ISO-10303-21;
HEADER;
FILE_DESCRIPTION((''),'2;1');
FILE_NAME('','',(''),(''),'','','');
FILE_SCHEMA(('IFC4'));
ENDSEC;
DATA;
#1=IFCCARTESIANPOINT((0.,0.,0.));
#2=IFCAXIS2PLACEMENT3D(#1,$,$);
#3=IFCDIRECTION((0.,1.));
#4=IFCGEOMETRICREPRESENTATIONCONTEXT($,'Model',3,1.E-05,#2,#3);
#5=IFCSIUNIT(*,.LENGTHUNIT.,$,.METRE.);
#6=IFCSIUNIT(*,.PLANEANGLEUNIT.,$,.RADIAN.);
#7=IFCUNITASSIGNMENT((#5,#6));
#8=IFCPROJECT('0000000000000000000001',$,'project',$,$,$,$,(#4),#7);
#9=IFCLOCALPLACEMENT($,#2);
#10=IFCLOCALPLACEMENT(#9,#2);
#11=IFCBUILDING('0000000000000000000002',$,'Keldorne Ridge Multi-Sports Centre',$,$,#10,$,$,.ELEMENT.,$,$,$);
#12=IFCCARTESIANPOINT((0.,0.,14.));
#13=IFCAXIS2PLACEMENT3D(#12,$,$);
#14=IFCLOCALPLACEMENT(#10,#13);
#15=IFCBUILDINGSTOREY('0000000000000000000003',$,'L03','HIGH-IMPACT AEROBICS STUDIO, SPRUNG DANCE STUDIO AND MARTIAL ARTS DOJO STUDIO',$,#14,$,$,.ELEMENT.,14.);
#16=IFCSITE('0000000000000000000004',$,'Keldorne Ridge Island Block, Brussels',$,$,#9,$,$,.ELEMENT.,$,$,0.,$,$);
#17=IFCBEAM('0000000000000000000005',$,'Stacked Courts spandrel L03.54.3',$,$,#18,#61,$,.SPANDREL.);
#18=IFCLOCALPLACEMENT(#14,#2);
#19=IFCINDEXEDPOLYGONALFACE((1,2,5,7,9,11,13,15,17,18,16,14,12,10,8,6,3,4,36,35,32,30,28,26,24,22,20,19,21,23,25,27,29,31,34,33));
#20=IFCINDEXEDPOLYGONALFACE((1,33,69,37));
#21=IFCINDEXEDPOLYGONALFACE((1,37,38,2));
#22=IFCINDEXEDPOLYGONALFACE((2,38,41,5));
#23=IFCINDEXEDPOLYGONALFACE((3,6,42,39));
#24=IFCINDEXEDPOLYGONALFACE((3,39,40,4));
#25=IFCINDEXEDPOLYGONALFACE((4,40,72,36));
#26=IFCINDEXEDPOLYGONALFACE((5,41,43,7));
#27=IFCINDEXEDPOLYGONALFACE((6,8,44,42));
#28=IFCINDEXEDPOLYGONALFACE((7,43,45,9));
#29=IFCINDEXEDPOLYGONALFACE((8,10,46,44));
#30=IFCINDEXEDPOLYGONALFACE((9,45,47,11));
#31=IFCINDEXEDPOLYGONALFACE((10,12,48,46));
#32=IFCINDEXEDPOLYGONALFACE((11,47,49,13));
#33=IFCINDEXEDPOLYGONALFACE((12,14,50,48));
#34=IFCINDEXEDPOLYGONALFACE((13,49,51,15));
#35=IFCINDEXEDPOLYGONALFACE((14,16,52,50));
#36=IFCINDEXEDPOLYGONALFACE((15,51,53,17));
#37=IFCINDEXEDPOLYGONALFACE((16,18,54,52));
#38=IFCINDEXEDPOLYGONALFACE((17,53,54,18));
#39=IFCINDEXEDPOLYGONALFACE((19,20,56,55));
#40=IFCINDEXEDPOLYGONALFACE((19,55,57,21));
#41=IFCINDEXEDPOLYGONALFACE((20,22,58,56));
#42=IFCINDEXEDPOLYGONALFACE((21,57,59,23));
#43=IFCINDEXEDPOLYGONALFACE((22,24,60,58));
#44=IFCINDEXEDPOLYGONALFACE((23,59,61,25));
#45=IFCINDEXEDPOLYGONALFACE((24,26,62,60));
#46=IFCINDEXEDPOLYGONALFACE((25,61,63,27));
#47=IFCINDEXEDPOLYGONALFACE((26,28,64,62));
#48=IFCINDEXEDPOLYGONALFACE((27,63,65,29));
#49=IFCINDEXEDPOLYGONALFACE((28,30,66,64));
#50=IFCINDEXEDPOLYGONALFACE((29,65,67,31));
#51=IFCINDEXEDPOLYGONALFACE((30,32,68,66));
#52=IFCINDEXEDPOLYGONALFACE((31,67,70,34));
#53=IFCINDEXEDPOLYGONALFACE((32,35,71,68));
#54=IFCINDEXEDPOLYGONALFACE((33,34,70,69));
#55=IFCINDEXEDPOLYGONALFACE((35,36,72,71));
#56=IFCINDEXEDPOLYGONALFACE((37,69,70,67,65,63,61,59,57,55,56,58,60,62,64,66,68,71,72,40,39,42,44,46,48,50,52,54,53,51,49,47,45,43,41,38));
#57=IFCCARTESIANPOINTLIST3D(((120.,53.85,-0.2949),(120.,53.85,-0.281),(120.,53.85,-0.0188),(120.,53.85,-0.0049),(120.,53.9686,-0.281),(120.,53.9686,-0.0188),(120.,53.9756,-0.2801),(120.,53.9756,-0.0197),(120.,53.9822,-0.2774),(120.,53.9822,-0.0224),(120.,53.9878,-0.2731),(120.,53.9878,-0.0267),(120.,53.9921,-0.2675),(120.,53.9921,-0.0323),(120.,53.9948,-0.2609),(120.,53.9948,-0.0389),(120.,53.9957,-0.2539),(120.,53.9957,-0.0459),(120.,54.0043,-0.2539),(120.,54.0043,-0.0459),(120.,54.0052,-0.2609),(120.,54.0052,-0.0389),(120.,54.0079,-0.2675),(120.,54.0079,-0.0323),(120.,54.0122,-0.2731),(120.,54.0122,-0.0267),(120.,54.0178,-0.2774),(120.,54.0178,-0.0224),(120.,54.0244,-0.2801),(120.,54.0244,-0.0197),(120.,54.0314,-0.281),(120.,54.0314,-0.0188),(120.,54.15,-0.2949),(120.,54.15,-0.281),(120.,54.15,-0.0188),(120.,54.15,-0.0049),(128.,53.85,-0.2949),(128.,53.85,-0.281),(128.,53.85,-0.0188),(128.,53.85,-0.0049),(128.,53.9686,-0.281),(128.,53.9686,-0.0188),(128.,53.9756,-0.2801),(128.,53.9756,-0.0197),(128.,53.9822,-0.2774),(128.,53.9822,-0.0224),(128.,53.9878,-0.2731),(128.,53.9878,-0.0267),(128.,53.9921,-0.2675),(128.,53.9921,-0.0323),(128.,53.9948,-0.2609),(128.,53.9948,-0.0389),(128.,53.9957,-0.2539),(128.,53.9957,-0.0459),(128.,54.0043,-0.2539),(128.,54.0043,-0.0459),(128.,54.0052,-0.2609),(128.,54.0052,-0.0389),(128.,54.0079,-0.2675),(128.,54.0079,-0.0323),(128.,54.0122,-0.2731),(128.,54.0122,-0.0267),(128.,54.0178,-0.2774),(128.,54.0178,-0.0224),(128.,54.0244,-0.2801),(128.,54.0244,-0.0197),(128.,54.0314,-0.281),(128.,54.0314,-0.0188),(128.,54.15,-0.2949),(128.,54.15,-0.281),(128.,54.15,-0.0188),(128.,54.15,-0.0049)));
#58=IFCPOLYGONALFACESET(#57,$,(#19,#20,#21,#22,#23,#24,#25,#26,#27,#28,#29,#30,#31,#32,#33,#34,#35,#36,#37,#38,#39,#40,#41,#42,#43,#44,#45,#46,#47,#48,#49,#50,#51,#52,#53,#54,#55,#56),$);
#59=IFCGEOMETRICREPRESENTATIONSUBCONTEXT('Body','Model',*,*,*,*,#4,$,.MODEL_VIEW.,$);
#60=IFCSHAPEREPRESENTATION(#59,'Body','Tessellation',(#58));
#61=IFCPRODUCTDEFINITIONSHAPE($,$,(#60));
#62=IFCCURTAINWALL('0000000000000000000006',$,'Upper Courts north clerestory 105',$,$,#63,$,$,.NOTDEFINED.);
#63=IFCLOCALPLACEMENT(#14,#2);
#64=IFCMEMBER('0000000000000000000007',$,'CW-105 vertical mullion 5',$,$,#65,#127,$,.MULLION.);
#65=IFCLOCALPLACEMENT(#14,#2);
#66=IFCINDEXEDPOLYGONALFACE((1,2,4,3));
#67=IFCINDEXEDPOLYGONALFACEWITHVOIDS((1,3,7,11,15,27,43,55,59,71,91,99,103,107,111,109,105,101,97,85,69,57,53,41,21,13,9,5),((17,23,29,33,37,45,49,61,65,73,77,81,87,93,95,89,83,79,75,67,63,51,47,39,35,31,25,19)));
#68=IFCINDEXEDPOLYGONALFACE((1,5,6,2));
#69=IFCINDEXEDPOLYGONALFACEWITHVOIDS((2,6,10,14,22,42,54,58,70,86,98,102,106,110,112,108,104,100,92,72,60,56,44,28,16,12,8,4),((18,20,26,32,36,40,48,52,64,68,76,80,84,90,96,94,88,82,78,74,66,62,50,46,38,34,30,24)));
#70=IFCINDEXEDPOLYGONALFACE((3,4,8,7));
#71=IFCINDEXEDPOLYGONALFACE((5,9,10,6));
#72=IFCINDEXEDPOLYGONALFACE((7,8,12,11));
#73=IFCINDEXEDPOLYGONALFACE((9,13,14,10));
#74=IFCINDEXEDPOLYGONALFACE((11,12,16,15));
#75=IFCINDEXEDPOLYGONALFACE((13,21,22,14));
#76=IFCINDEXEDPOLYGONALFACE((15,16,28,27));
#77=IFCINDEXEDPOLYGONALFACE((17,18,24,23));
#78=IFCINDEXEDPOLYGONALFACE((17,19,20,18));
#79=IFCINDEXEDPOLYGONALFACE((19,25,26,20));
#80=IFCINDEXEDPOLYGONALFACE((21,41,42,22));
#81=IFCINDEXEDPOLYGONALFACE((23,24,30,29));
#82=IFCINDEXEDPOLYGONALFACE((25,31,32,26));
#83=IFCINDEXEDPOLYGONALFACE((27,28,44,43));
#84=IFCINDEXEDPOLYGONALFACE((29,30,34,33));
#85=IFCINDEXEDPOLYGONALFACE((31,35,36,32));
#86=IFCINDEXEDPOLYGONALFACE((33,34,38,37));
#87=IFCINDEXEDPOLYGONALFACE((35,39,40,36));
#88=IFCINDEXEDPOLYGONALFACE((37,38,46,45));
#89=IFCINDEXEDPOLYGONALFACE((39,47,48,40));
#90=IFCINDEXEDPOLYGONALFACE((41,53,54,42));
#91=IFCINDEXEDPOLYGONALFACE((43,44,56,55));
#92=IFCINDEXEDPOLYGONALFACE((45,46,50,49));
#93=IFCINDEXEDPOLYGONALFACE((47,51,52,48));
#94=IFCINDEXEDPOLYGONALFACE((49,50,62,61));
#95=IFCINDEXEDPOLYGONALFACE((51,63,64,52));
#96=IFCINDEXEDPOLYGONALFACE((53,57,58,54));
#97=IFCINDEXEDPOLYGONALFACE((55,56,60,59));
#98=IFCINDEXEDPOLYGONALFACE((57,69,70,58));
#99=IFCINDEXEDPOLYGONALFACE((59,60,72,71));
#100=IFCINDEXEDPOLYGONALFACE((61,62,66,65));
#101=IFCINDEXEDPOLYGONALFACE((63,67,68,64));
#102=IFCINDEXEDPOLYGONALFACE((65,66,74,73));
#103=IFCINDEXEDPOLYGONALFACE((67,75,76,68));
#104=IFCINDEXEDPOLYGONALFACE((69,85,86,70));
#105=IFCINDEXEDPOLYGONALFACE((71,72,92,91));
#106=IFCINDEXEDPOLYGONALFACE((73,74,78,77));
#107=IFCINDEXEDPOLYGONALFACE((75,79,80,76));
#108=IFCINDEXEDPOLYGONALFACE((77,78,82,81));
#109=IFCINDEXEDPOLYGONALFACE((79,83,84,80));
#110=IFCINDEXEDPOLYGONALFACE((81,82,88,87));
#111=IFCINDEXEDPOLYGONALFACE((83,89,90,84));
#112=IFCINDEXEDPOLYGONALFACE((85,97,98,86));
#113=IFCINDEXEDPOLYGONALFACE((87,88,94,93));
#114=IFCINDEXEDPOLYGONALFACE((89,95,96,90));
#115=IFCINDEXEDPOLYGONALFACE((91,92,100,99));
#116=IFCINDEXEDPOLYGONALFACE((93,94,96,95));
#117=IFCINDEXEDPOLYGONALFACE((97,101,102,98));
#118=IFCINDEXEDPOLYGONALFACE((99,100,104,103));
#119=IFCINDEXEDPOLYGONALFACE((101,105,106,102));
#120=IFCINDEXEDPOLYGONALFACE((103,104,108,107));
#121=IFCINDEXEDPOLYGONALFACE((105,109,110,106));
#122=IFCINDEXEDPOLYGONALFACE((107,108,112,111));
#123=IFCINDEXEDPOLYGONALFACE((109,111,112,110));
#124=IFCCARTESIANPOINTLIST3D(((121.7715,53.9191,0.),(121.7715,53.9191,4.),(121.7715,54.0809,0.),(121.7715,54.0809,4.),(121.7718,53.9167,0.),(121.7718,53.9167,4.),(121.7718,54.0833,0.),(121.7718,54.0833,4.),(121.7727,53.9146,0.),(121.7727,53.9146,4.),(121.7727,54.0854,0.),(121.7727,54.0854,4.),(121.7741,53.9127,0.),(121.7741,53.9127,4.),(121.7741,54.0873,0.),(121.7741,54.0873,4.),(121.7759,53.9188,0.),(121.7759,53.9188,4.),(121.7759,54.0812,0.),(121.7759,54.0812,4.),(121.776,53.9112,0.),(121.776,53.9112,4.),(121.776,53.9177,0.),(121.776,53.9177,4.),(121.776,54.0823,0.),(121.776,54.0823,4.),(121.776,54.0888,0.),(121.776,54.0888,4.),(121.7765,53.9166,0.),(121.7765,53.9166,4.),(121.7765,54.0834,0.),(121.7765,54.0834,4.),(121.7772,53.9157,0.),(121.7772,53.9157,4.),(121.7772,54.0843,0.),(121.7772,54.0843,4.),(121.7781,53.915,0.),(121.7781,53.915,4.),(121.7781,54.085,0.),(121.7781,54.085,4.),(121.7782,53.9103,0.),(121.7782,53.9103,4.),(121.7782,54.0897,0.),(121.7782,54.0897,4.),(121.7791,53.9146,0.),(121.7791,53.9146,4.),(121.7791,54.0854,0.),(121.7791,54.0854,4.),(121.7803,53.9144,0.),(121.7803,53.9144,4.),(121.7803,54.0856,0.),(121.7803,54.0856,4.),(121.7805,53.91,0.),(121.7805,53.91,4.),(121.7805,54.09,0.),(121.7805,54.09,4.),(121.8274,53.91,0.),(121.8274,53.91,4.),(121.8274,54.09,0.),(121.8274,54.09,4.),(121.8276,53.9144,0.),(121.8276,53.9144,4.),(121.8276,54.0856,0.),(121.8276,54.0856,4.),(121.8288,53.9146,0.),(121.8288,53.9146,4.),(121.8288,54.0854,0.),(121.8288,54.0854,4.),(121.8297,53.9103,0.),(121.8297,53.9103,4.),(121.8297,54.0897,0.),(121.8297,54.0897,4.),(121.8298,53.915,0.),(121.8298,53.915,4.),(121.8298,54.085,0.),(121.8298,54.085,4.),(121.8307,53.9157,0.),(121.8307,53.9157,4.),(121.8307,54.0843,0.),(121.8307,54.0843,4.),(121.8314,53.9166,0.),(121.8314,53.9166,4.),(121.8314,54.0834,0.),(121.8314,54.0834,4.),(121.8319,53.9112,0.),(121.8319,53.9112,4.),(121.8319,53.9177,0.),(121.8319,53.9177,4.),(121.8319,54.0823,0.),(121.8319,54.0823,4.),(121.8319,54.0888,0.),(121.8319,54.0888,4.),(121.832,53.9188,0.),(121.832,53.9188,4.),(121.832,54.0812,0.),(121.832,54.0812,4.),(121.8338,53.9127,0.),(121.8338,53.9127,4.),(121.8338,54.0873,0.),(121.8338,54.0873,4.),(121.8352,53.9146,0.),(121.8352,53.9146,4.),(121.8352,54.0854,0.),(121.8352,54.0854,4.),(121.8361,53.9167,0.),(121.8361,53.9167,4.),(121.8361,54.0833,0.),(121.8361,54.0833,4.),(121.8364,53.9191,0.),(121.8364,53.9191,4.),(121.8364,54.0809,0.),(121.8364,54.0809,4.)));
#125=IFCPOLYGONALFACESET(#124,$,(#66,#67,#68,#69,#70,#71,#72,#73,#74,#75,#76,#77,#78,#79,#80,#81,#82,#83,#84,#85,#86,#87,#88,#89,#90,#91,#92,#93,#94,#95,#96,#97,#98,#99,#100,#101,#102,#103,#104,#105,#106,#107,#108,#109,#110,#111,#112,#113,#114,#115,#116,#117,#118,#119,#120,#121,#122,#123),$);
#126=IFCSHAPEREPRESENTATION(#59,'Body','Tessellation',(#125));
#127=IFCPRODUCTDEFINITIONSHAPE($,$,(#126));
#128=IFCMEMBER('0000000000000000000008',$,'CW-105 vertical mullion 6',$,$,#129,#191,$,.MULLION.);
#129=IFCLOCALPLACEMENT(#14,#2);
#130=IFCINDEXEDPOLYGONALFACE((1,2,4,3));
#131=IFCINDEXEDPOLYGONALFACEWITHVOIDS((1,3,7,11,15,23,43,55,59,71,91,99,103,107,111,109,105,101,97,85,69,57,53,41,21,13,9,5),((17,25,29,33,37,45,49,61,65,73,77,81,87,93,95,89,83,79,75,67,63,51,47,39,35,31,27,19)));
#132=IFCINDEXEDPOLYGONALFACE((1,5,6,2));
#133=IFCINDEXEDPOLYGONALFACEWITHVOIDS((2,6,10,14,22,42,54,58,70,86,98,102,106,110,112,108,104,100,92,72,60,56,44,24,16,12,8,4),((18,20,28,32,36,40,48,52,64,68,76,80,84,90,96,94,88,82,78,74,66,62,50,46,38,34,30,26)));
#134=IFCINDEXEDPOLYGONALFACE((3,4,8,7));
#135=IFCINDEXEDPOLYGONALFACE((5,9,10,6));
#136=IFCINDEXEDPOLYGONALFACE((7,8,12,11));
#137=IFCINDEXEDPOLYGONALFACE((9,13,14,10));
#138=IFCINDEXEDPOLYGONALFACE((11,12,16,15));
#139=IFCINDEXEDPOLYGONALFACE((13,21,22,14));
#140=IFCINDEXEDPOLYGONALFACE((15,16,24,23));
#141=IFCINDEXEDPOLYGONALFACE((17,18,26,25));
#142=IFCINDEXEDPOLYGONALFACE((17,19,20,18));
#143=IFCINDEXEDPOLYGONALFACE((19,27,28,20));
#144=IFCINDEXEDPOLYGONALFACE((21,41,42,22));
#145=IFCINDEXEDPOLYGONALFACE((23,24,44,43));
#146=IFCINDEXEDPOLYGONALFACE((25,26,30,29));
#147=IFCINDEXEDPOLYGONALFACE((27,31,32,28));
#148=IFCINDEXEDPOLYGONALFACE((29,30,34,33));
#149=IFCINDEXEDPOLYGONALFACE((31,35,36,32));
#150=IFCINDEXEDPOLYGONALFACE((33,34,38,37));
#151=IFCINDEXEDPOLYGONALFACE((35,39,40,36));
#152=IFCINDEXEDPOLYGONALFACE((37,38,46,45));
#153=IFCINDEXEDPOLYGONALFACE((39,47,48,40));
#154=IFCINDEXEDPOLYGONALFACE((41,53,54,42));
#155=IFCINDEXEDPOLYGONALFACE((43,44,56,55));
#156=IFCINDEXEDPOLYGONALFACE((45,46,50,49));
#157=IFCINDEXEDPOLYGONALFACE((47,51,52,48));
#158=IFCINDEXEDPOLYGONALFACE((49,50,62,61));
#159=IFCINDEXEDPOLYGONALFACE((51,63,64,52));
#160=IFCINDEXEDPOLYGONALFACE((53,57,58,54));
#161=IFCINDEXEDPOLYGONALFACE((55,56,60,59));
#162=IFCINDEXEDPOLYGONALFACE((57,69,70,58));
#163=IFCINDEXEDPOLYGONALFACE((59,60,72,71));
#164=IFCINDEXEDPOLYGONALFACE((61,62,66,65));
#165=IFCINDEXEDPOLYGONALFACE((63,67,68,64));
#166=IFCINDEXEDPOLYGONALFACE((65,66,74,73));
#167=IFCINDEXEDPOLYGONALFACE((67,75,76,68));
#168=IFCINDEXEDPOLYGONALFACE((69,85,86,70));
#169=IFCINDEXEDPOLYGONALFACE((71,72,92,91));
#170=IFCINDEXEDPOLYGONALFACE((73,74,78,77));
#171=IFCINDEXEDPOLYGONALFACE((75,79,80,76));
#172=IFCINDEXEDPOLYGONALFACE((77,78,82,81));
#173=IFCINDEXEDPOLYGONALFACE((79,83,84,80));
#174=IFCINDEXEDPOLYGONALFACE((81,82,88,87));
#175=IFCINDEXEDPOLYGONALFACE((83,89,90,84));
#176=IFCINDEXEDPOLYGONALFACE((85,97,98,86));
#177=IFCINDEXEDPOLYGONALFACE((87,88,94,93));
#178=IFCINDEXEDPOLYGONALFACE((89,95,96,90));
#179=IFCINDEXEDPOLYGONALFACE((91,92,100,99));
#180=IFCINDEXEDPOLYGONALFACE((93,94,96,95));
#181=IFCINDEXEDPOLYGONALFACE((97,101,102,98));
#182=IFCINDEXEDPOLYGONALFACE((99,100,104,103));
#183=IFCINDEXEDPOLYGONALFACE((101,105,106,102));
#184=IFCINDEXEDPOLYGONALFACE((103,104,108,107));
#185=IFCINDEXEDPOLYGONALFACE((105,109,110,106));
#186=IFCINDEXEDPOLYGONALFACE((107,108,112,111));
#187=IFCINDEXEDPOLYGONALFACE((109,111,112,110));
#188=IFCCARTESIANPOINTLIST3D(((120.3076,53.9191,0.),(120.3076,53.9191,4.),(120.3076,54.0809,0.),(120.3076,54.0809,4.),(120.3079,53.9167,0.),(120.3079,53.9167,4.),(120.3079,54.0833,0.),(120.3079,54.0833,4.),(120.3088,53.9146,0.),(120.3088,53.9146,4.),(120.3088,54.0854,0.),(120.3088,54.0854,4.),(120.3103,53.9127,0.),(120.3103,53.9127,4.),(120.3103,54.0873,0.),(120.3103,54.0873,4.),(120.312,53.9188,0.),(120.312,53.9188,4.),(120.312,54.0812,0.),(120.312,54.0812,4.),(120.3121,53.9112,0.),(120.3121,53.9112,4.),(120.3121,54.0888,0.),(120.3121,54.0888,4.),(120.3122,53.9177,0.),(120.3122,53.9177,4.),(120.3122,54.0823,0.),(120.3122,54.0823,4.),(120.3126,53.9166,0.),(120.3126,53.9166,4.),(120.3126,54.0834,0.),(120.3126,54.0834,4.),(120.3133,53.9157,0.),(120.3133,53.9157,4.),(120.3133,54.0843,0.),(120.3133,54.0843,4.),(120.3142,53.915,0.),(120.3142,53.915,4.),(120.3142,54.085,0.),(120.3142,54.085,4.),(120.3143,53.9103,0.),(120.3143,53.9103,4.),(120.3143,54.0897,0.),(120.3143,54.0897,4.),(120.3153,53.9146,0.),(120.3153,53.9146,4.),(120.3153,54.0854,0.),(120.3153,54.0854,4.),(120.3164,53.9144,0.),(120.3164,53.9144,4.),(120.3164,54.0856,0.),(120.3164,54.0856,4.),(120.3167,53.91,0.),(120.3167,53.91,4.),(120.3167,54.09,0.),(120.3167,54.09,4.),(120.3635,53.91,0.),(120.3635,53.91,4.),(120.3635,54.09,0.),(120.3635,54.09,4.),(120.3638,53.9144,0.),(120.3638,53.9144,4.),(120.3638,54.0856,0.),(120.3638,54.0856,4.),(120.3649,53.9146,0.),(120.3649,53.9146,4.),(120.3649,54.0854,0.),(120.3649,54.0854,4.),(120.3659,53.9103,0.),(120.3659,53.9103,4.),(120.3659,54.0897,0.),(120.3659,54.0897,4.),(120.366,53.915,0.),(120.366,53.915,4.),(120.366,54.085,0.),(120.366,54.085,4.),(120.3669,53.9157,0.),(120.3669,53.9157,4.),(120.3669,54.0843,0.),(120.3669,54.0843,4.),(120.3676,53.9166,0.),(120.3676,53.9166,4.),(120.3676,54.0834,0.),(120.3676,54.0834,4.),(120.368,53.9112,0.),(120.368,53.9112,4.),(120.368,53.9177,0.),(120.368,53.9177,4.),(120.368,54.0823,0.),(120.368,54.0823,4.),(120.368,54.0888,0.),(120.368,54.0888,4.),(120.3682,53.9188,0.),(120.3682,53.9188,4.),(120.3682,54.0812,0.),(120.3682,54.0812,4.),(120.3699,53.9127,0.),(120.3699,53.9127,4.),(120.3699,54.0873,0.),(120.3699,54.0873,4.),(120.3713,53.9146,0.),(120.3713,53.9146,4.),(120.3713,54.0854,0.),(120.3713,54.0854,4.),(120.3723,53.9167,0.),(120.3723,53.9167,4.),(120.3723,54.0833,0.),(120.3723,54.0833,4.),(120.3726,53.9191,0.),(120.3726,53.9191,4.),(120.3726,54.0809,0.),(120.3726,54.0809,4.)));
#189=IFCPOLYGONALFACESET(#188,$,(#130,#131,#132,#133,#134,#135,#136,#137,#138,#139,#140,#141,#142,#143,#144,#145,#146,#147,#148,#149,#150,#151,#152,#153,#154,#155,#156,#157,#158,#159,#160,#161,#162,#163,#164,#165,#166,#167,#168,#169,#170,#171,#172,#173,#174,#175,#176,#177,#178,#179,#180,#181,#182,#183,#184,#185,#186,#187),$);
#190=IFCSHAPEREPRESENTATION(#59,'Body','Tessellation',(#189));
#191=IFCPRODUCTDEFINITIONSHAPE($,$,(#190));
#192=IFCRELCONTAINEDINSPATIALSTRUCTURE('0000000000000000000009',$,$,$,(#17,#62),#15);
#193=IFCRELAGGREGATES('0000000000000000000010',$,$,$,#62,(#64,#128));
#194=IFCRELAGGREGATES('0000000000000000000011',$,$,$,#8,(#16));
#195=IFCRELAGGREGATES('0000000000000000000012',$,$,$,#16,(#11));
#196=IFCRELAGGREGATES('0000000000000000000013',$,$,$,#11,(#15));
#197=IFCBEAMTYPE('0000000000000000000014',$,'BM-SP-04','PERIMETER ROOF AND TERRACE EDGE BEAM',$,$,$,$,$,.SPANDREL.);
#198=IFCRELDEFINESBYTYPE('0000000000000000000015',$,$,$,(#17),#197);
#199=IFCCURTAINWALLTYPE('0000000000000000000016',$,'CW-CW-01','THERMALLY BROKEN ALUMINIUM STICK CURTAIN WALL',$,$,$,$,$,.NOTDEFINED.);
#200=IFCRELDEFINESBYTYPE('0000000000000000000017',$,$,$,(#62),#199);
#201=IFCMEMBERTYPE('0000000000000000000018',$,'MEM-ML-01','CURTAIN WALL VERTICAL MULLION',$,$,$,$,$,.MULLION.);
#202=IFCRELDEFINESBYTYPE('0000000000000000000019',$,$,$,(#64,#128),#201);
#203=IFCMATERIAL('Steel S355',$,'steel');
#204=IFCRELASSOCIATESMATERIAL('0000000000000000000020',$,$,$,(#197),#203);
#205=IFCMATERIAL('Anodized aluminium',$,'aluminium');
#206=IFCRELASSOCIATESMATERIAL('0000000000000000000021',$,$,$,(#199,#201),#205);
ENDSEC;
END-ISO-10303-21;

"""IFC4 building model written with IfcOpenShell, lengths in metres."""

from ifc_helpers import new_model, si_unit, direction, frame, origin, origin_2d, place, context, subcontext, project, spatial, hollow_rectangle, i_section, extrude, material, material_profile, profile_set, type_object, element, aggregate, save


model = new_model("IFC4")

# Units and contexts
model_context = context("Model", 3, precision=1e-05, world=origin(), true_north=direction((0.0, 1.0)))
body_context = subcontext(model_context, "Body", "Model", "MODEL_VIEW")
ifc_project = project(units=[si_unit("LENGTHUNIT", "METRE"), si_unit("PLANEANGLEUNIT", "RADIAN")], contexts=[model_context])

# Site, building, storey
site_placement = place(None, origin())
site = spatial("IfcSite", under=ifc_project, at=site_placement, Name="Keldorne Ridge Island Block, Brussels", CompositionType="ELEMENT", RefElevation=0.0)
building_placement = place(site_placement, origin())
building = spatial("IfcBuilding", under=site, at=building_placement, Name="Keldorne Ridge Multi-Sports Centre", CompositionType="ELEMENT")
storey_placement = place(building_placement, frame((0.0, 0.0, 14.0)))
storey = spatial("IfcBuildingStorey", under=building, at=storey_placement, Name="L03", Description="HIGH-IMPACT AEROBICS STUDIO, SPRUNG DANCE STUDIO AND MARTIAL ARTS DOJO STUDIO", CompositionType="ELEMENT", Elevation=14.0)

# Beam
ifc_material_1 = material(Name="Steel S355", Category="steel")
ifc_material_profile_1 = material_profile(ifc_material_1, i_section(OverallWidth=0.3, OverallDepth=0.29, WebThickness=0.0085, FlangeThickness=0.0139, FilletRadius=0.0271, at=origin_2d()), Name="HEA 300")
ifc_profile_set_1 = profile_set([ifc_material_profile_1], Name="Steel S355")
beam_type = type_object("IfcBeamType", Name="BM-SP-04", Description="PERIMETER ROOF AND TERRACE EDGE BEAM", PredefinedType="SPANDREL", material=ifc_profile_set_1)
beam_placement = place(storey_placement, frame((120.0, 54.0, -0.1499), z_axis=(1.0, 0.0, 0.0), x_axis=(0.0, 1.0, 0.0)))
element("IfcBeam", 1, at=beam_placement, inside=storey, type_object=beam_type, Name="Stacked Courts spandrel L03.54.3", PredefinedType="SPANDREL", context=body_context, shape_type="SweptSolid", body=[
    extrude(i_section(OverallWidth=0.3, OverallDepth=0.29, WebThickness=0.0085, FlangeThickness=0.0139, FilletRadius=0.0271, at=origin_2d()), origin(), (0.0, 0.0, 1.0), 8.0),
])

# Curtain wall, members
ifc_material_2 = material(Name="Anodized aluminium", Category="aluminium")
curtain_wall_type = type_object("IfcCurtainWallType", Name="CW-CW-01", Description="THERMALLY BROKEN ALUMINIUM STICK CURTAIN WALL", PredefinedType="NOTDEFINED", material=ifc_material_2)
curtain_wall_placement = place(storey_placement, origin())
curtain_wall = element("IfcCurtainWall", 2, at=curtain_wall_placement, inside=storey, type_object=curtain_wall_type, Name="Upper Courts north clerestory 105", PredefinedType="NOTDEFINED")
ifc_material_profile_2 = material_profile(ifc_material_2, hollow_rectangle(XDim=0.0649, YDim=0.1799, WallThickness=0.0044, InnerFilletRadius=0.0044, OuterFilletRadius=0.009, at=origin_2d()), Name="ALU MULLION 180x65x4.5")
ifc_profile_set_2 = profile_set([ifc_material_profile_2], Name="Anodized aluminium")
member_type_1 = type_object("IfcMemberType", Name="MEM-ML-01", Description="CURTAIN WALL VERTICAL MULLION", PredefinedType="MULLION", material=ifc_profile_set_2)
member_1_placement = place(storey_placement, frame((121.804, 54.0, 0.0), z_axis=(0.0, 0.0, 1.0), x_axis=(1.0, 0.0, 0.0)))
member_1 = element("IfcMember", 3, at=member_1_placement, type_object=member_type_1, Name="CW-105 vertical mullion 5", PredefinedType="MULLION", context=body_context, shape_type="SweptSolid", body=[
    extrude(hollow_rectangle(XDim=0.0649, YDim=0.1799, WallThickness=0.0044, InnerFilletRadius=0.0044, OuterFilletRadius=0.009, at=origin_2d()), origin(), (0.0, 0.0, 1.0), 4.0),
])
member_2_placement = place(storey_placement, frame((120.3401, 54.0, 0.0), z_axis=(0.0, 0.0, 1.0), x_axis=(1.0, 0.0, 0.0)))
member_2 = element("IfcMember", 4, at=member_2_placement, type_object=member_type_1, Name="CW-105 vertical mullion 6", PredefinedType="MULLION", context=body_context, shape_type="SweptSolid", body=[
    extrude(hollow_rectangle(XDim=0.0649, YDim=0.1799, WallThickness=0.0044, InnerFilletRadius=0.0044, OuterFilletRadius=0.009, at=origin_2d()), origin(), (0.0, 0.0, 1.0), 4.0),
])

aggregate(curtain_wall, [member_1, member_2])

save(model, "model.ifc")
